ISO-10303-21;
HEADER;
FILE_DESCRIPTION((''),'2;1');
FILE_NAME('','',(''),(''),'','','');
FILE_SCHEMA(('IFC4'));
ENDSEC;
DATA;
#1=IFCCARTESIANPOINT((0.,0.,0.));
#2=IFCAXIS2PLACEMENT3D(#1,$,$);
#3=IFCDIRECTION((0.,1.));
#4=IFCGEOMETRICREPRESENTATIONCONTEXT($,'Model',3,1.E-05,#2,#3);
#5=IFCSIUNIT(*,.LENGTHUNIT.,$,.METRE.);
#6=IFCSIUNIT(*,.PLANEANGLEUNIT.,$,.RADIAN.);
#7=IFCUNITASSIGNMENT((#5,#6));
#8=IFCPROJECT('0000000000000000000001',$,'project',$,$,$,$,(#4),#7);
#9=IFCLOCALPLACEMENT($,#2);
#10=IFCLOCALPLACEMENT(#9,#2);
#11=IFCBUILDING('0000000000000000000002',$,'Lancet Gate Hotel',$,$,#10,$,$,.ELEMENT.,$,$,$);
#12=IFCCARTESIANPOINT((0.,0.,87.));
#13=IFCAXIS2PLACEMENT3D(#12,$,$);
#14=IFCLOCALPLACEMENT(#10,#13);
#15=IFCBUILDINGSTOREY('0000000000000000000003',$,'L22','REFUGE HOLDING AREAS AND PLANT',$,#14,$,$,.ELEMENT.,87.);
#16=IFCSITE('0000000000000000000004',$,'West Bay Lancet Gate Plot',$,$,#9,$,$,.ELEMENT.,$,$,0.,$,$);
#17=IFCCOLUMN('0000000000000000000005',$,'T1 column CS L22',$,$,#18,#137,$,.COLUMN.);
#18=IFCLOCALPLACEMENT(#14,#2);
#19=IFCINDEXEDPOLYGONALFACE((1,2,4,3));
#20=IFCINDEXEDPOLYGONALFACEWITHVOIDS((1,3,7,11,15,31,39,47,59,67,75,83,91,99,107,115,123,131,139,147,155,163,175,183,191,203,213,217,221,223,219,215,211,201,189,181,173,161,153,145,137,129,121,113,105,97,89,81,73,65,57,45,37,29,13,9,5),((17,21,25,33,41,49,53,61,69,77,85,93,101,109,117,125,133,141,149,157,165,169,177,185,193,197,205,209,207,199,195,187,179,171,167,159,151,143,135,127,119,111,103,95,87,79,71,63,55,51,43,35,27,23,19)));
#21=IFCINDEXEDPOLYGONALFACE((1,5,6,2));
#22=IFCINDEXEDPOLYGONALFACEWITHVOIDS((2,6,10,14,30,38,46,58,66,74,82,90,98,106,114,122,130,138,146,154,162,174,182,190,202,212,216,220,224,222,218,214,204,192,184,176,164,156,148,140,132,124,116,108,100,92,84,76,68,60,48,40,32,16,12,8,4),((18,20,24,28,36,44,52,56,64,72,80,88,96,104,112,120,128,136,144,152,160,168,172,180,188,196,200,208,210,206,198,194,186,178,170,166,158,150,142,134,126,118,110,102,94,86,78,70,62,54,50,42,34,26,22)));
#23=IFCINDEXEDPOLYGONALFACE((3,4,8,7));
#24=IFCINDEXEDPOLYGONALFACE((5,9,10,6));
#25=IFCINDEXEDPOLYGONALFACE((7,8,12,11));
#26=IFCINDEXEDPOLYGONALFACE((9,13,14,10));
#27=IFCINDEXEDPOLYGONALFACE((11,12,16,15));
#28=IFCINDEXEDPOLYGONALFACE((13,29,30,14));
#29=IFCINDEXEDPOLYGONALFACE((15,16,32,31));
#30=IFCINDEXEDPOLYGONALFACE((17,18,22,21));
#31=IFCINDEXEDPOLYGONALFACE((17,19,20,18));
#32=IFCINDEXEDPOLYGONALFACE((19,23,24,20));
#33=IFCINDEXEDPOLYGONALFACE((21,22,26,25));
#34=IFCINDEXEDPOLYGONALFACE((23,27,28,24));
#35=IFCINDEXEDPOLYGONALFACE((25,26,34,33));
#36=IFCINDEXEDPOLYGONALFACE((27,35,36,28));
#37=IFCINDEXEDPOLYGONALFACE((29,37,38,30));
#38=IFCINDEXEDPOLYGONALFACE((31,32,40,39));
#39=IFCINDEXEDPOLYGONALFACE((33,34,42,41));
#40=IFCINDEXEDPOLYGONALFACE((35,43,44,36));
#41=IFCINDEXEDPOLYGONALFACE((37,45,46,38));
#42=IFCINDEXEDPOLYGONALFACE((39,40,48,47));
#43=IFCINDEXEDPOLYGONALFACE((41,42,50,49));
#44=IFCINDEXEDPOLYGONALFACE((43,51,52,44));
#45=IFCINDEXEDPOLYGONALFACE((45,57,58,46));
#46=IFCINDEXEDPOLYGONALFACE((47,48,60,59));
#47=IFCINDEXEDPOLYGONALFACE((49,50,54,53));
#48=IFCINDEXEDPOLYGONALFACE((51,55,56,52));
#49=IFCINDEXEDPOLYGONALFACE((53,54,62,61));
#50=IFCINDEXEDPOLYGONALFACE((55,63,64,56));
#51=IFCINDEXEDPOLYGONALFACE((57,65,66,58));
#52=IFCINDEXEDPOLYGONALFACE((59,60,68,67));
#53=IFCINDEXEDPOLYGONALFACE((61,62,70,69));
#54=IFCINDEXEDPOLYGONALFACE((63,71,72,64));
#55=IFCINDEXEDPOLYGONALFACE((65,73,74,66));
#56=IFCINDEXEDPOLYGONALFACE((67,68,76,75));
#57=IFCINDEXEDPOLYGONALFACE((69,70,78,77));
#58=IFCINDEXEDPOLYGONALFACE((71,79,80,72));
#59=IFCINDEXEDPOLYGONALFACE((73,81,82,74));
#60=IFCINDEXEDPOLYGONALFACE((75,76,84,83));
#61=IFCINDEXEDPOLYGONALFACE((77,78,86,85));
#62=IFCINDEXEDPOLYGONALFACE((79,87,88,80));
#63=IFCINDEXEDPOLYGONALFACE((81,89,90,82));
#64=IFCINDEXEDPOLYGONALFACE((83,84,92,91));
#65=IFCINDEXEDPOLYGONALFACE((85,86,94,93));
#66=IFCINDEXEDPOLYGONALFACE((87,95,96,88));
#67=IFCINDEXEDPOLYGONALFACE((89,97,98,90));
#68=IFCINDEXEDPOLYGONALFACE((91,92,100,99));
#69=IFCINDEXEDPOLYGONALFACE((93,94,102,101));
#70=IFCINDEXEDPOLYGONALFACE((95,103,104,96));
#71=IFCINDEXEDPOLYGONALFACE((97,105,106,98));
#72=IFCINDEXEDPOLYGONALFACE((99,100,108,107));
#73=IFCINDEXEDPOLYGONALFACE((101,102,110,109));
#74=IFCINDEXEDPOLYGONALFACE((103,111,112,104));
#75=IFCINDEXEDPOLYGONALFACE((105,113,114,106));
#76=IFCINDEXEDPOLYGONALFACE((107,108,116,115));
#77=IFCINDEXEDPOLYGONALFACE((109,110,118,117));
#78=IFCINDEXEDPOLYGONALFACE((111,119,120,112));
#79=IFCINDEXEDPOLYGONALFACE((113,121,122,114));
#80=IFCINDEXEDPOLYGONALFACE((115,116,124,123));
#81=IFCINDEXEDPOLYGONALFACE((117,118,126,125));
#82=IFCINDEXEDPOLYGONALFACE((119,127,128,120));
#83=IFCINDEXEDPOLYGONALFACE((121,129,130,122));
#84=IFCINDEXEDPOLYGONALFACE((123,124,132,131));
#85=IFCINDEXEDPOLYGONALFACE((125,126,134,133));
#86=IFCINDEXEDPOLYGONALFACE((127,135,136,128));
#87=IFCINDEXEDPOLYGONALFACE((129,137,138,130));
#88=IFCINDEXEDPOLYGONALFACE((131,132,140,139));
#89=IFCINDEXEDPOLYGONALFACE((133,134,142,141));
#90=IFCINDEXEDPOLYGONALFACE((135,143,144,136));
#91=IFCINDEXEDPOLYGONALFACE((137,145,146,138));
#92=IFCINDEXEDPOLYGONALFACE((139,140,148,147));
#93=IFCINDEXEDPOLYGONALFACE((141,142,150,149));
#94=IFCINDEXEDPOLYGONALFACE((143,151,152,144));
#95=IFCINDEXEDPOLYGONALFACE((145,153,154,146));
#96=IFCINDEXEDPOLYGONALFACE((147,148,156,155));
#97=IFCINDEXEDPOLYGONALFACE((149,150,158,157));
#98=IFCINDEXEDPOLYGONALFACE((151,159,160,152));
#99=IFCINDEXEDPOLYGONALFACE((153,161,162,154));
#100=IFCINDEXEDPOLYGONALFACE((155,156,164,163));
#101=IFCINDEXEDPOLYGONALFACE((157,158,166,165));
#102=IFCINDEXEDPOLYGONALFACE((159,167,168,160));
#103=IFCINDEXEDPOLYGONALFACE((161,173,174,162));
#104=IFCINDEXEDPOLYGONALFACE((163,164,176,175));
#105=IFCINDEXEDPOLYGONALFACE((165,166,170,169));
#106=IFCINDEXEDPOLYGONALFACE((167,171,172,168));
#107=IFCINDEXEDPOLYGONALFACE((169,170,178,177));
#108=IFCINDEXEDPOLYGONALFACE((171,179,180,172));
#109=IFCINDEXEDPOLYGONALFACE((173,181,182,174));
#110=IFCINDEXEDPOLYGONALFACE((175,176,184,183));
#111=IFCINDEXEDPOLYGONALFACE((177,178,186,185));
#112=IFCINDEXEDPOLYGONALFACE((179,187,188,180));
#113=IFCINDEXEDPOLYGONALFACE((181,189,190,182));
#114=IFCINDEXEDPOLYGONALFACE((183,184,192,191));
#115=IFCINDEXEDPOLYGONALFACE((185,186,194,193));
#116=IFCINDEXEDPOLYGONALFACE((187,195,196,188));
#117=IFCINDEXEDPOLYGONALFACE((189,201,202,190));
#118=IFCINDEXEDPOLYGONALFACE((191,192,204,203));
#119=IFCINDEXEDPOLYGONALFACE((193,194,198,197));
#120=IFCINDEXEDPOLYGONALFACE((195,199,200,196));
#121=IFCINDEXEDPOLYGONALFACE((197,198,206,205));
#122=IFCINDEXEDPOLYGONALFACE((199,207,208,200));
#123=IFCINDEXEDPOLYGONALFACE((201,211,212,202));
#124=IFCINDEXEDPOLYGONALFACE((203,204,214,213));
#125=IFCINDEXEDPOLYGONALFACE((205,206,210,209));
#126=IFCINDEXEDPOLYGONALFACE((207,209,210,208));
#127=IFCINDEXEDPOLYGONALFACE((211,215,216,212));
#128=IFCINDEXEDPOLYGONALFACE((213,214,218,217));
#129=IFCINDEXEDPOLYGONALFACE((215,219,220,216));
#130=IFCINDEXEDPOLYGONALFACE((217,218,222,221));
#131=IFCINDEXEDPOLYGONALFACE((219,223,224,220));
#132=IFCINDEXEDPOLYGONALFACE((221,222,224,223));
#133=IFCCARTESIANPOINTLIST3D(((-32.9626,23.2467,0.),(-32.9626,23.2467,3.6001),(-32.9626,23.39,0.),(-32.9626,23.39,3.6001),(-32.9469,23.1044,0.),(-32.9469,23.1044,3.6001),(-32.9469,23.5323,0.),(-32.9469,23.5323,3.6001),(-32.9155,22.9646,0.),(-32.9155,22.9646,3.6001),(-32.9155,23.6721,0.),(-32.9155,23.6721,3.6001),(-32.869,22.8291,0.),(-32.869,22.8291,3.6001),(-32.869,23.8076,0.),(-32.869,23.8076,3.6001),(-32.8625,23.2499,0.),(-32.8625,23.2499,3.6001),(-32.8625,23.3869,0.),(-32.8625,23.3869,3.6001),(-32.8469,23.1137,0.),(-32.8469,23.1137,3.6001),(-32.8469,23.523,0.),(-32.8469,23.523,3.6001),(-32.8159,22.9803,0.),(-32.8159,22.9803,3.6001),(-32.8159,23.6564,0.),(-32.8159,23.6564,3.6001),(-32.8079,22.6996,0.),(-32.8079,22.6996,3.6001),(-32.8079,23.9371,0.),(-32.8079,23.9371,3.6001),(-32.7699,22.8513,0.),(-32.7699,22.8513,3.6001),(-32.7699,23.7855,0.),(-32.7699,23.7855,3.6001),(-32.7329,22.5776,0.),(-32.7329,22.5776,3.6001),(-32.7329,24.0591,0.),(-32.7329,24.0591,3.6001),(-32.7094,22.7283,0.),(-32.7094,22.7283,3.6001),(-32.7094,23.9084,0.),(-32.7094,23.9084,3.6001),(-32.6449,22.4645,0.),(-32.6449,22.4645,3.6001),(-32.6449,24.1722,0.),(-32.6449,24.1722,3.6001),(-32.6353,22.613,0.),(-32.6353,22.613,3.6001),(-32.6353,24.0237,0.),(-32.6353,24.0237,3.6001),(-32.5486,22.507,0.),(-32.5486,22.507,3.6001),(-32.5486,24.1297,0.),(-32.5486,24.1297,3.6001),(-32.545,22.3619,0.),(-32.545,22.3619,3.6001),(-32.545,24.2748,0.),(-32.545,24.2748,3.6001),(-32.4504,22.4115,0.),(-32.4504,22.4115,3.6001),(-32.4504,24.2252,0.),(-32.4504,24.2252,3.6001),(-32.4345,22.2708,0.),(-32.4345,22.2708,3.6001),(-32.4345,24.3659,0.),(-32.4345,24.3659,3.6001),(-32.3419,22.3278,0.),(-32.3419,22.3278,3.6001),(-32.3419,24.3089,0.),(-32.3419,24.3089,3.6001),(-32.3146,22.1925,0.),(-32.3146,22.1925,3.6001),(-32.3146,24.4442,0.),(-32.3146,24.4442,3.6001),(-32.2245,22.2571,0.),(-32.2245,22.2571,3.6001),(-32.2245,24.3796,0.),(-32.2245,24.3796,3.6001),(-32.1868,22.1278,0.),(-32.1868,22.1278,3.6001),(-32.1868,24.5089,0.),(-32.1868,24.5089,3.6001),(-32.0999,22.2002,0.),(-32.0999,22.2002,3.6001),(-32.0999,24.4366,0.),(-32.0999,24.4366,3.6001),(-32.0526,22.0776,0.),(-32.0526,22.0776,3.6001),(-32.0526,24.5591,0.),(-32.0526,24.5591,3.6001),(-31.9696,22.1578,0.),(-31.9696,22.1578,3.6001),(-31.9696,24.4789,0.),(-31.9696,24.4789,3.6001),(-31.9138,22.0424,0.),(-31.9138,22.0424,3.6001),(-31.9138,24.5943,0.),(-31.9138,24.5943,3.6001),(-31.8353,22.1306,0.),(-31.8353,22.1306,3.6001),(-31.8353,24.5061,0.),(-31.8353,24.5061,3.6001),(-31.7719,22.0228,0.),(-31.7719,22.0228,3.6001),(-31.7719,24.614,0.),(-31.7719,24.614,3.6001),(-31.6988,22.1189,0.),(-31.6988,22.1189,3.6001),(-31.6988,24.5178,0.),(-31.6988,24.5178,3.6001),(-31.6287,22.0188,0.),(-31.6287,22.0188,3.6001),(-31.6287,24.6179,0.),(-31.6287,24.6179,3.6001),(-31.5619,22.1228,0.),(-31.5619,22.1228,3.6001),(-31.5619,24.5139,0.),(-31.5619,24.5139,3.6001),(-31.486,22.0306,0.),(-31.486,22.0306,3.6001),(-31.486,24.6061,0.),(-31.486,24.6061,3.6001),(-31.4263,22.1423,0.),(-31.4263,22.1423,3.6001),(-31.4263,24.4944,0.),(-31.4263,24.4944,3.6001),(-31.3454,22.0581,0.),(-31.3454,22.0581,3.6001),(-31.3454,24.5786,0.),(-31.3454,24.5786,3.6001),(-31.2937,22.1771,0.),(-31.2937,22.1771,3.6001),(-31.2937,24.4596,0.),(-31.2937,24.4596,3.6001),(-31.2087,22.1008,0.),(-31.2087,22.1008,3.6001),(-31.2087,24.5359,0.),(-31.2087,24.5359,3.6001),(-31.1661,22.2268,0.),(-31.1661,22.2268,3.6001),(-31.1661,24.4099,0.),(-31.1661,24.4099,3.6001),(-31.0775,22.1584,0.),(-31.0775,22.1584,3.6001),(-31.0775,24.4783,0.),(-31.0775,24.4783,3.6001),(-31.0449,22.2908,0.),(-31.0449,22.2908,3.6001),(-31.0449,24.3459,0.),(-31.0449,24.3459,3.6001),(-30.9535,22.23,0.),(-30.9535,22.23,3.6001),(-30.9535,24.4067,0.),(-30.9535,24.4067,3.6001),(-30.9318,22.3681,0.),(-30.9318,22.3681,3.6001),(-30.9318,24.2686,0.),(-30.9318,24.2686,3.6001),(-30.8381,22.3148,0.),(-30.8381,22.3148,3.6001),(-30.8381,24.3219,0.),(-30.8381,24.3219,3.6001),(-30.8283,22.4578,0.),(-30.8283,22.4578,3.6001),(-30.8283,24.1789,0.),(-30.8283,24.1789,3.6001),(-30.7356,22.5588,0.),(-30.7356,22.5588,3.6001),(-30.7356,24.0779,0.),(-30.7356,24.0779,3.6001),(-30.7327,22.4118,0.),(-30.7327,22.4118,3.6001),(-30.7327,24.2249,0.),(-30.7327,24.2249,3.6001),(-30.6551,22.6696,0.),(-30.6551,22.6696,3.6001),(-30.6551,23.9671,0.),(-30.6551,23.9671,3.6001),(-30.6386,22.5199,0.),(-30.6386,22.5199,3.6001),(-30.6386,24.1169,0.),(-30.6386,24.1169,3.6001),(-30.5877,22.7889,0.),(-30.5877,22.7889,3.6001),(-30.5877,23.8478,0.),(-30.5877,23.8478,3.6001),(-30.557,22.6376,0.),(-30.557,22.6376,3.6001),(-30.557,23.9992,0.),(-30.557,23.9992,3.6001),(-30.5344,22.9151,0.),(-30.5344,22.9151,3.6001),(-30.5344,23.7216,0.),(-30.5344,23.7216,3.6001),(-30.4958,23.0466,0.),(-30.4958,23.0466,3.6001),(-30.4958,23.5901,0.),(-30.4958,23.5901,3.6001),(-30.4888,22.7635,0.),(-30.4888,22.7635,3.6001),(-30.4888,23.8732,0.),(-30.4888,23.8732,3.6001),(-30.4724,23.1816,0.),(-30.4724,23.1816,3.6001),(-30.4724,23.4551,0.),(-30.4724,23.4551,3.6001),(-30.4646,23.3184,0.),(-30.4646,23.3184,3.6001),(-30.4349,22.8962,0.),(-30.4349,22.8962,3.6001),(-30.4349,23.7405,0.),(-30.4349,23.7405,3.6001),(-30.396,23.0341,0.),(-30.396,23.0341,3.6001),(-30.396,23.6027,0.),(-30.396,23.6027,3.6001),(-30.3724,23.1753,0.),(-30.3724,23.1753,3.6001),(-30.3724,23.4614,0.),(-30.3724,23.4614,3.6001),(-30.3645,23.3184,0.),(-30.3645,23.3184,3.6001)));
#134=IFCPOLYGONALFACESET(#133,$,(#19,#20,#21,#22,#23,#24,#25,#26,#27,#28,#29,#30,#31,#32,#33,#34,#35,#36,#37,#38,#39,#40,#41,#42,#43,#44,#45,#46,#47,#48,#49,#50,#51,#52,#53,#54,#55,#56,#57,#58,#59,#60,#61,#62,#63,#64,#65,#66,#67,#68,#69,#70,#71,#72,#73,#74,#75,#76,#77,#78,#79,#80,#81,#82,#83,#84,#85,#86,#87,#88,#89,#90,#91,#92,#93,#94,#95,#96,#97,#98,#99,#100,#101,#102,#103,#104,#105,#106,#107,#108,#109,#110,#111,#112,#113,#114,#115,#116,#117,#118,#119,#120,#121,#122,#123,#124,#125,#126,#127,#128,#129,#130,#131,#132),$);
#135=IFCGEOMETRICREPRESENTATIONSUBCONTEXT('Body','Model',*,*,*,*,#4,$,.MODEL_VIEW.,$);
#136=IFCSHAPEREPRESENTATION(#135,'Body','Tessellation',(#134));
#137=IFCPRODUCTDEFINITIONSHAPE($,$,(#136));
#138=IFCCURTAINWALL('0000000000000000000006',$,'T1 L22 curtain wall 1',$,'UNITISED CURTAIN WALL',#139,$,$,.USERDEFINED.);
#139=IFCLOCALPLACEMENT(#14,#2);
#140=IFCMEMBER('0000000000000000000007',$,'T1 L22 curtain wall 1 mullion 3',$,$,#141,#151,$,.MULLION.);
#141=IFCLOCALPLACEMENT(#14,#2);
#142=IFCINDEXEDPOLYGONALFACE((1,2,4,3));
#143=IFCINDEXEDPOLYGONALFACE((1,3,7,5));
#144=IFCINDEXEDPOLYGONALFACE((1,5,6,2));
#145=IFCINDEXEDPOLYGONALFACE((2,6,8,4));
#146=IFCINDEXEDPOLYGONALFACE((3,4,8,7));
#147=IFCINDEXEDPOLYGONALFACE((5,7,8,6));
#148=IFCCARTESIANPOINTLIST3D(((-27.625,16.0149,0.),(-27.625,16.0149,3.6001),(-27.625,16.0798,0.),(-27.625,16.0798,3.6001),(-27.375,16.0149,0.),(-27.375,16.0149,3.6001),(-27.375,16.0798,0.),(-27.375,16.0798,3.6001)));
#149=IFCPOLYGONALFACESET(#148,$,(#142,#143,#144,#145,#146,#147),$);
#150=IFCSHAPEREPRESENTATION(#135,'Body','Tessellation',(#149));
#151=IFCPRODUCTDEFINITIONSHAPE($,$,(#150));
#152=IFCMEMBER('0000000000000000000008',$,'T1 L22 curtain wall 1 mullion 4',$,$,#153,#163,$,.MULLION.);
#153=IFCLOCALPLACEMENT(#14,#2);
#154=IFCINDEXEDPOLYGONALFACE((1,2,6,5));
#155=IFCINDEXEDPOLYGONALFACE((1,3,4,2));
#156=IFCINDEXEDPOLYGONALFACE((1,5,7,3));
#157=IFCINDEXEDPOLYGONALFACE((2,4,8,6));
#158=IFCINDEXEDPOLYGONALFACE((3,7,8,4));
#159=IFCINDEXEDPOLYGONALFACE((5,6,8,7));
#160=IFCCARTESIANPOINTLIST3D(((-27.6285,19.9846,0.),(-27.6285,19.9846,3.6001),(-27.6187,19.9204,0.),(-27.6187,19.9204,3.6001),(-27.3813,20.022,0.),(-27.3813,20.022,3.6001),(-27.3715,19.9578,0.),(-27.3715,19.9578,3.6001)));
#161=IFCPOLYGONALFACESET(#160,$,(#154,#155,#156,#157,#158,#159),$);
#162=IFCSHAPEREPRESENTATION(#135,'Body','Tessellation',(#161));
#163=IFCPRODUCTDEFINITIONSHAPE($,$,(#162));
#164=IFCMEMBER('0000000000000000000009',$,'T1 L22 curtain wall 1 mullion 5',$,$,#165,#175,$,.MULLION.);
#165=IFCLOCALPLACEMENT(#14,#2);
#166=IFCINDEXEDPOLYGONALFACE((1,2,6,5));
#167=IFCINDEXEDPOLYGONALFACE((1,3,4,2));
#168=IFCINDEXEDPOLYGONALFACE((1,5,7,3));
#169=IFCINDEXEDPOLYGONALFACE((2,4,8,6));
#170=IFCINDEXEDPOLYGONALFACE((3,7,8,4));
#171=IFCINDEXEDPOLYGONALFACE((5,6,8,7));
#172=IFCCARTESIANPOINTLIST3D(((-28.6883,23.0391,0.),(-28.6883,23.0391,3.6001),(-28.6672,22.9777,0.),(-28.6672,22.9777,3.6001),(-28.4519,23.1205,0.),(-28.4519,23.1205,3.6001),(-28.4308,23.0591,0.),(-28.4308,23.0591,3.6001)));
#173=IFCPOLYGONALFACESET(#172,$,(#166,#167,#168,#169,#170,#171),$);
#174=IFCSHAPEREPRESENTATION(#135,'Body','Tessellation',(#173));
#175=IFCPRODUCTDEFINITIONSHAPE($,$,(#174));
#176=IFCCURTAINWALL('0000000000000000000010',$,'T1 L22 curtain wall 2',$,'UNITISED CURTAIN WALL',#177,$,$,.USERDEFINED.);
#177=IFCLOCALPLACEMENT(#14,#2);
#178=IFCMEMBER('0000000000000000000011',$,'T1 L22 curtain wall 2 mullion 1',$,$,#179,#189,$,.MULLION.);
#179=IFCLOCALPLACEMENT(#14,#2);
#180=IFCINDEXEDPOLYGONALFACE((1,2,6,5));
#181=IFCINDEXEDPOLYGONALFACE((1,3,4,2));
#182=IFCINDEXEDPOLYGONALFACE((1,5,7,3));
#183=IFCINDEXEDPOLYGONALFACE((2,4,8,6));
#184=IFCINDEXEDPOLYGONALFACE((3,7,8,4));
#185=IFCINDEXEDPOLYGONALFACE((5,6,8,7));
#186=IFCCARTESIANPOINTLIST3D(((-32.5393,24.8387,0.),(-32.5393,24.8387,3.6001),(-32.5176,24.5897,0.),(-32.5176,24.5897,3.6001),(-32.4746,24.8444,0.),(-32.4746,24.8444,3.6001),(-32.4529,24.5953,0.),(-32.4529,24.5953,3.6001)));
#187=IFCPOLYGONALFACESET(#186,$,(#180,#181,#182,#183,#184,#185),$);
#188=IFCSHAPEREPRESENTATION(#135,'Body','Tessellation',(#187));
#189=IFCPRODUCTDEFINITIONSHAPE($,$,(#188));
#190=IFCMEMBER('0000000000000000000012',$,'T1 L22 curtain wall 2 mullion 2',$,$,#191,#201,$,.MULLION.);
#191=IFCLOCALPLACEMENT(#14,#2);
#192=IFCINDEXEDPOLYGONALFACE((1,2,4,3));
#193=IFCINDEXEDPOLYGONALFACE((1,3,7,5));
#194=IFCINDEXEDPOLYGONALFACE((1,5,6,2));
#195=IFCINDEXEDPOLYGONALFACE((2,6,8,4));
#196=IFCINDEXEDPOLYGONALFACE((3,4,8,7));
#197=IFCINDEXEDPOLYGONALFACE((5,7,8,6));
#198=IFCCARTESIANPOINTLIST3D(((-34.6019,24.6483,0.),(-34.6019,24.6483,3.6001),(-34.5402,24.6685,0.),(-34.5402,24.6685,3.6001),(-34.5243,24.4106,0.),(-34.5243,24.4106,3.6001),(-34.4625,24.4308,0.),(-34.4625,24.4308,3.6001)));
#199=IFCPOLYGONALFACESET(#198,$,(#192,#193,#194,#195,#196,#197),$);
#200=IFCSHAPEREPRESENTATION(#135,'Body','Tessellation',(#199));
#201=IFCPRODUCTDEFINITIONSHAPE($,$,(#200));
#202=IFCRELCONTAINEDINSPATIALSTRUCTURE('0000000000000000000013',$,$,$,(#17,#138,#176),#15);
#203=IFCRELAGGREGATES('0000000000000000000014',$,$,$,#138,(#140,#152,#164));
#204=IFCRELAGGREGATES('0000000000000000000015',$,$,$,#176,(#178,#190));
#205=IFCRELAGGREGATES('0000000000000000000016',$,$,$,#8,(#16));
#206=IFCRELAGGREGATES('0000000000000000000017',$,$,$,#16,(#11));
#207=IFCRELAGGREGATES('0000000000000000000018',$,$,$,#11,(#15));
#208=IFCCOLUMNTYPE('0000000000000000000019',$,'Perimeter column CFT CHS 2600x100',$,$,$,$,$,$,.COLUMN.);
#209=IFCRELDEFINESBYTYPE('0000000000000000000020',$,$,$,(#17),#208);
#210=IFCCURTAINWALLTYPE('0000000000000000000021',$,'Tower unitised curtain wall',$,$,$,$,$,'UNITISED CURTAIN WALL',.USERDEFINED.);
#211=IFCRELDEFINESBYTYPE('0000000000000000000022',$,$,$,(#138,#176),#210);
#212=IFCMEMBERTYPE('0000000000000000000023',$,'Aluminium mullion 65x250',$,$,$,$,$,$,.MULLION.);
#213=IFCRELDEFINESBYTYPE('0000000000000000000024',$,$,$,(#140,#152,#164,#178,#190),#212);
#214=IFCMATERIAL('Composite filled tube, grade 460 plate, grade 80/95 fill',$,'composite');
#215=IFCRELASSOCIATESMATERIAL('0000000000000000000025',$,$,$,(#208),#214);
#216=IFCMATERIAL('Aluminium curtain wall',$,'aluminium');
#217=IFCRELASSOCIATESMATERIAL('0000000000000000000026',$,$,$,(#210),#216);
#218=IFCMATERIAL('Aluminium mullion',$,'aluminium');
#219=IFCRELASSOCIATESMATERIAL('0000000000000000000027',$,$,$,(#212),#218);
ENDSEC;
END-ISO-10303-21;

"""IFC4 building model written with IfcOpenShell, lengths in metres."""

from ifc_helpers import new_model, si_unit, direction, frame, origin, origin_2d, place, context, subcontext, project, spatial, rectangle, hollow_circle, extrude, material, material_profile, profile_set, type_object, element, aggregate, save


model = new_model("IFC4")

# Units and contexts
model_context = context("Model", 3, precision=1e-05, world=origin(), true_north=direction((0.0, 1.0)))
body_context = subcontext(model_context, "Body", "Model", "MODEL_VIEW")
ifc_project = project(units=[si_unit("LENGTHUNIT", "METRE"), si_unit("PLANEANGLEUNIT", "RADIAN")], contexts=[model_context])

# Site, building, storey
site_placement = place(None, origin())
site = spatial("IfcSite", under=ifc_project, at=site_placement, Name="West Bay Lancet Gate Plot", CompositionType="ELEMENT", RefElevation=0.0)
building_placement = place(site_placement, origin())
building = spatial("IfcBuilding", under=site, at=building_placement, Name="Lancet Gate Hotel", CompositionType="ELEMENT")
storey_placement = place(building_placement, frame((0.0, 0.0, 87.0)))
storey = spatial("IfcBuildingStorey", under=building, at=storey_placement, Name="L22", Description="REFUGE HOLDING AREAS AND PLANT", CompositionType="ELEMENT", Elevation=87.0)

# Column
ifc_material_1 = material(Name="Composite filled tube, grade 460 plate, grade 80/95 fill", Category="composite")
ifc_material_profile_1 = material_profile(ifc_material_1, hollow_circle(Radius=1.3, WallThickness=0.1001, at=origin_2d()), Name="CHS 2600x100")
ifc_profile_set_1 = profile_set([ifc_material_profile_1], Name="Composite filled tube, grade 460 plate, grade 80/95 fill")
column_type = type_object("IfcColumnType", Name="Perimeter column CFT CHS 2600x100", PredefinedType="COLUMN", material=ifc_profile_set_1)
column_placement = place(storey_placement, frame((-31.6646, 23.3184, 0.0), z_axis=(0.0, 0.0, 1.0), x_axis=(1.0, 0.0, 0.0)))
element("IfcColumn", 1, at=column_placement, inside=storey, type_object=column_type, Name="T1 column CS L22", PredefinedType="COLUMN", context=body_context, shape_type="SweptSolid", body=[
    extrude(hollow_circle(Radius=1.3, WallThickness=0.1001, at=origin_2d()), origin(), (0.0, 0.0, 1.0), 3.6001),
])

# Curtain walls, members
ifc_material_2 = material(Name="Aluminium curtain wall", Category="aluminium")
curtain_wall_type = type_object("IfcCurtainWallType", Name="Tower unitised curtain wall", ElementType="UNITISED CURTAIN WALL", PredefinedType="USERDEFINED", material=ifc_material_2)
curtain_wall_1_placement = place(storey_placement, origin())
curtain_wall_1 = element("IfcCurtainWall", 2, at=curtain_wall_1_placement, inside=storey, type_object=curtain_wall_type, Name="T1 L22 curtain wall 1", ObjectType="UNITISED CURTAIN WALL", PredefinedType="USERDEFINED")
ifc_material_3 = material(Name="Aluminium mullion", Category="aluminium")
ifc_material_profile_2 = material_profile(ifc_material_3, rectangle(XDim=0.0649, YDim=0.25, at=origin_2d()), Name="MULLION 65x250")
ifc_profile_set_2 = profile_set([ifc_material_profile_2], Name="Aluminium mullion")
member_type_1 = type_object("IfcMemberType", Name="Aluminium mullion 65x250", PredefinedType="MULLION", material=ifc_profile_set_2)
member_1_placement = place(storey_placement, frame((-27.5, 16.0474, 0.0), z_axis=(0.0, 0.0, 1.0), x_axis=(0.0, 1.0, 0.0)))
member_1 = element("IfcMember", 3, at=member_1_placement, type_object=member_type_1, Name="T1 L22 curtain wall 1 mullion 3", PredefinedType="MULLION", context=body_context, shape_type="SweptSolid", body=[
    extrude(rectangle(XDim=0.0649, YDim=0.25, at=origin_2d()), origin(), (0.0, 0.0, 1.0), 3.6001),
])
member_2_placement = place(storey_placement, frame((-27.5, 19.9712, 0.0), z_axis=(0.0, 0.0, 1.0), x_axis=(-0.149634, 0.988741, 0.0)))
member_2 = element("IfcMember", 4, at=member_2_placement, type_object=member_type_1, Name="T1 L22 curtain wall 1 mullion 4", PredefinedType="MULLION", context=body_context, shape_type="SweptSolid", body=[
    extrude(rectangle(XDim=0.0649, YDim=0.25, at=origin_2d()), origin(), (0.0, 0.0, 1.0), 3.6001),
])
member_3_placement = place(storey_placement, frame((-28.5596, 23.0491, 0.0), z_axis=(0.0, 0.0, 1.0), x_axis=(-0.325516, 0.945537, 0.0)))
member_3 = element("IfcMember", 5, at=member_3_placement, type_object=member_type_1, Name="T1 L22 curtain wall 1 mullion 5", PredefinedType="MULLION", context=body_context, shape_type="SweptSolid", body=[
    extrude(rectangle(XDim=0.0649, YDim=0.25, at=origin_2d()), origin(), (0.0, 0.0, 1.0), 3.6001),
])
curtain_wall_2_placement = place(storey_placement, origin())
curtain_wall_2 = element("IfcCurtainWall", 6, at=curtain_wall_2_placement, inside=storey, type_object=curtain_wall_type, Name="T1 L22 curtain wall 2", ObjectType="UNITISED CURTAIN WALL", PredefinedType="USERDEFINED")
member_4_placement = place(storey_placement, frame((-32.4961, 24.717, 0.0), z_axis=(0.0, 0.0, 1.0), x_axis=(-0.996219, -0.08688, 0.0)))
member_4 = element("IfcMember", 7, at=member_4_placement, type_object=member_type_1, Name="T1 L22 curtain wall 2 mullion 1", PredefinedType="MULLION", context=body_context, shape_type="SweptSolid", body=[
    extrude(rectangle(XDim=0.0649, YDim=0.25, at=origin_2d()), origin(), (0.0, 0.0, 1.0), 3.6001),
])
member_5_placement = place(storey_placement, frame((-34.5322, 24.5396, 0.0), z_axis=(0.0, 0.0, 1.0), x_axis=(-0.950554, -0.310561, 0.0)))
member_5 = element("IfcMember", 8, at=member_5_placement, type_object=member_type_1, Name="T1 L22 curtain wall 2 mullion 2", PredefinedType="MULLION", context=body_context, shape_type="SweptSolid", body=[
    extrude(rectangle(XDim=0.0649, YDim=0.25, at=origin_2d()), origin(), (0.0, 0.0, 1.0), 3.6001),
])

aggregate(curtain_wall_1, [member_1, member_2, member_3])
aggregate(curtain_wall_2, [member_4, member_5])

save(model, "model.ifc")
